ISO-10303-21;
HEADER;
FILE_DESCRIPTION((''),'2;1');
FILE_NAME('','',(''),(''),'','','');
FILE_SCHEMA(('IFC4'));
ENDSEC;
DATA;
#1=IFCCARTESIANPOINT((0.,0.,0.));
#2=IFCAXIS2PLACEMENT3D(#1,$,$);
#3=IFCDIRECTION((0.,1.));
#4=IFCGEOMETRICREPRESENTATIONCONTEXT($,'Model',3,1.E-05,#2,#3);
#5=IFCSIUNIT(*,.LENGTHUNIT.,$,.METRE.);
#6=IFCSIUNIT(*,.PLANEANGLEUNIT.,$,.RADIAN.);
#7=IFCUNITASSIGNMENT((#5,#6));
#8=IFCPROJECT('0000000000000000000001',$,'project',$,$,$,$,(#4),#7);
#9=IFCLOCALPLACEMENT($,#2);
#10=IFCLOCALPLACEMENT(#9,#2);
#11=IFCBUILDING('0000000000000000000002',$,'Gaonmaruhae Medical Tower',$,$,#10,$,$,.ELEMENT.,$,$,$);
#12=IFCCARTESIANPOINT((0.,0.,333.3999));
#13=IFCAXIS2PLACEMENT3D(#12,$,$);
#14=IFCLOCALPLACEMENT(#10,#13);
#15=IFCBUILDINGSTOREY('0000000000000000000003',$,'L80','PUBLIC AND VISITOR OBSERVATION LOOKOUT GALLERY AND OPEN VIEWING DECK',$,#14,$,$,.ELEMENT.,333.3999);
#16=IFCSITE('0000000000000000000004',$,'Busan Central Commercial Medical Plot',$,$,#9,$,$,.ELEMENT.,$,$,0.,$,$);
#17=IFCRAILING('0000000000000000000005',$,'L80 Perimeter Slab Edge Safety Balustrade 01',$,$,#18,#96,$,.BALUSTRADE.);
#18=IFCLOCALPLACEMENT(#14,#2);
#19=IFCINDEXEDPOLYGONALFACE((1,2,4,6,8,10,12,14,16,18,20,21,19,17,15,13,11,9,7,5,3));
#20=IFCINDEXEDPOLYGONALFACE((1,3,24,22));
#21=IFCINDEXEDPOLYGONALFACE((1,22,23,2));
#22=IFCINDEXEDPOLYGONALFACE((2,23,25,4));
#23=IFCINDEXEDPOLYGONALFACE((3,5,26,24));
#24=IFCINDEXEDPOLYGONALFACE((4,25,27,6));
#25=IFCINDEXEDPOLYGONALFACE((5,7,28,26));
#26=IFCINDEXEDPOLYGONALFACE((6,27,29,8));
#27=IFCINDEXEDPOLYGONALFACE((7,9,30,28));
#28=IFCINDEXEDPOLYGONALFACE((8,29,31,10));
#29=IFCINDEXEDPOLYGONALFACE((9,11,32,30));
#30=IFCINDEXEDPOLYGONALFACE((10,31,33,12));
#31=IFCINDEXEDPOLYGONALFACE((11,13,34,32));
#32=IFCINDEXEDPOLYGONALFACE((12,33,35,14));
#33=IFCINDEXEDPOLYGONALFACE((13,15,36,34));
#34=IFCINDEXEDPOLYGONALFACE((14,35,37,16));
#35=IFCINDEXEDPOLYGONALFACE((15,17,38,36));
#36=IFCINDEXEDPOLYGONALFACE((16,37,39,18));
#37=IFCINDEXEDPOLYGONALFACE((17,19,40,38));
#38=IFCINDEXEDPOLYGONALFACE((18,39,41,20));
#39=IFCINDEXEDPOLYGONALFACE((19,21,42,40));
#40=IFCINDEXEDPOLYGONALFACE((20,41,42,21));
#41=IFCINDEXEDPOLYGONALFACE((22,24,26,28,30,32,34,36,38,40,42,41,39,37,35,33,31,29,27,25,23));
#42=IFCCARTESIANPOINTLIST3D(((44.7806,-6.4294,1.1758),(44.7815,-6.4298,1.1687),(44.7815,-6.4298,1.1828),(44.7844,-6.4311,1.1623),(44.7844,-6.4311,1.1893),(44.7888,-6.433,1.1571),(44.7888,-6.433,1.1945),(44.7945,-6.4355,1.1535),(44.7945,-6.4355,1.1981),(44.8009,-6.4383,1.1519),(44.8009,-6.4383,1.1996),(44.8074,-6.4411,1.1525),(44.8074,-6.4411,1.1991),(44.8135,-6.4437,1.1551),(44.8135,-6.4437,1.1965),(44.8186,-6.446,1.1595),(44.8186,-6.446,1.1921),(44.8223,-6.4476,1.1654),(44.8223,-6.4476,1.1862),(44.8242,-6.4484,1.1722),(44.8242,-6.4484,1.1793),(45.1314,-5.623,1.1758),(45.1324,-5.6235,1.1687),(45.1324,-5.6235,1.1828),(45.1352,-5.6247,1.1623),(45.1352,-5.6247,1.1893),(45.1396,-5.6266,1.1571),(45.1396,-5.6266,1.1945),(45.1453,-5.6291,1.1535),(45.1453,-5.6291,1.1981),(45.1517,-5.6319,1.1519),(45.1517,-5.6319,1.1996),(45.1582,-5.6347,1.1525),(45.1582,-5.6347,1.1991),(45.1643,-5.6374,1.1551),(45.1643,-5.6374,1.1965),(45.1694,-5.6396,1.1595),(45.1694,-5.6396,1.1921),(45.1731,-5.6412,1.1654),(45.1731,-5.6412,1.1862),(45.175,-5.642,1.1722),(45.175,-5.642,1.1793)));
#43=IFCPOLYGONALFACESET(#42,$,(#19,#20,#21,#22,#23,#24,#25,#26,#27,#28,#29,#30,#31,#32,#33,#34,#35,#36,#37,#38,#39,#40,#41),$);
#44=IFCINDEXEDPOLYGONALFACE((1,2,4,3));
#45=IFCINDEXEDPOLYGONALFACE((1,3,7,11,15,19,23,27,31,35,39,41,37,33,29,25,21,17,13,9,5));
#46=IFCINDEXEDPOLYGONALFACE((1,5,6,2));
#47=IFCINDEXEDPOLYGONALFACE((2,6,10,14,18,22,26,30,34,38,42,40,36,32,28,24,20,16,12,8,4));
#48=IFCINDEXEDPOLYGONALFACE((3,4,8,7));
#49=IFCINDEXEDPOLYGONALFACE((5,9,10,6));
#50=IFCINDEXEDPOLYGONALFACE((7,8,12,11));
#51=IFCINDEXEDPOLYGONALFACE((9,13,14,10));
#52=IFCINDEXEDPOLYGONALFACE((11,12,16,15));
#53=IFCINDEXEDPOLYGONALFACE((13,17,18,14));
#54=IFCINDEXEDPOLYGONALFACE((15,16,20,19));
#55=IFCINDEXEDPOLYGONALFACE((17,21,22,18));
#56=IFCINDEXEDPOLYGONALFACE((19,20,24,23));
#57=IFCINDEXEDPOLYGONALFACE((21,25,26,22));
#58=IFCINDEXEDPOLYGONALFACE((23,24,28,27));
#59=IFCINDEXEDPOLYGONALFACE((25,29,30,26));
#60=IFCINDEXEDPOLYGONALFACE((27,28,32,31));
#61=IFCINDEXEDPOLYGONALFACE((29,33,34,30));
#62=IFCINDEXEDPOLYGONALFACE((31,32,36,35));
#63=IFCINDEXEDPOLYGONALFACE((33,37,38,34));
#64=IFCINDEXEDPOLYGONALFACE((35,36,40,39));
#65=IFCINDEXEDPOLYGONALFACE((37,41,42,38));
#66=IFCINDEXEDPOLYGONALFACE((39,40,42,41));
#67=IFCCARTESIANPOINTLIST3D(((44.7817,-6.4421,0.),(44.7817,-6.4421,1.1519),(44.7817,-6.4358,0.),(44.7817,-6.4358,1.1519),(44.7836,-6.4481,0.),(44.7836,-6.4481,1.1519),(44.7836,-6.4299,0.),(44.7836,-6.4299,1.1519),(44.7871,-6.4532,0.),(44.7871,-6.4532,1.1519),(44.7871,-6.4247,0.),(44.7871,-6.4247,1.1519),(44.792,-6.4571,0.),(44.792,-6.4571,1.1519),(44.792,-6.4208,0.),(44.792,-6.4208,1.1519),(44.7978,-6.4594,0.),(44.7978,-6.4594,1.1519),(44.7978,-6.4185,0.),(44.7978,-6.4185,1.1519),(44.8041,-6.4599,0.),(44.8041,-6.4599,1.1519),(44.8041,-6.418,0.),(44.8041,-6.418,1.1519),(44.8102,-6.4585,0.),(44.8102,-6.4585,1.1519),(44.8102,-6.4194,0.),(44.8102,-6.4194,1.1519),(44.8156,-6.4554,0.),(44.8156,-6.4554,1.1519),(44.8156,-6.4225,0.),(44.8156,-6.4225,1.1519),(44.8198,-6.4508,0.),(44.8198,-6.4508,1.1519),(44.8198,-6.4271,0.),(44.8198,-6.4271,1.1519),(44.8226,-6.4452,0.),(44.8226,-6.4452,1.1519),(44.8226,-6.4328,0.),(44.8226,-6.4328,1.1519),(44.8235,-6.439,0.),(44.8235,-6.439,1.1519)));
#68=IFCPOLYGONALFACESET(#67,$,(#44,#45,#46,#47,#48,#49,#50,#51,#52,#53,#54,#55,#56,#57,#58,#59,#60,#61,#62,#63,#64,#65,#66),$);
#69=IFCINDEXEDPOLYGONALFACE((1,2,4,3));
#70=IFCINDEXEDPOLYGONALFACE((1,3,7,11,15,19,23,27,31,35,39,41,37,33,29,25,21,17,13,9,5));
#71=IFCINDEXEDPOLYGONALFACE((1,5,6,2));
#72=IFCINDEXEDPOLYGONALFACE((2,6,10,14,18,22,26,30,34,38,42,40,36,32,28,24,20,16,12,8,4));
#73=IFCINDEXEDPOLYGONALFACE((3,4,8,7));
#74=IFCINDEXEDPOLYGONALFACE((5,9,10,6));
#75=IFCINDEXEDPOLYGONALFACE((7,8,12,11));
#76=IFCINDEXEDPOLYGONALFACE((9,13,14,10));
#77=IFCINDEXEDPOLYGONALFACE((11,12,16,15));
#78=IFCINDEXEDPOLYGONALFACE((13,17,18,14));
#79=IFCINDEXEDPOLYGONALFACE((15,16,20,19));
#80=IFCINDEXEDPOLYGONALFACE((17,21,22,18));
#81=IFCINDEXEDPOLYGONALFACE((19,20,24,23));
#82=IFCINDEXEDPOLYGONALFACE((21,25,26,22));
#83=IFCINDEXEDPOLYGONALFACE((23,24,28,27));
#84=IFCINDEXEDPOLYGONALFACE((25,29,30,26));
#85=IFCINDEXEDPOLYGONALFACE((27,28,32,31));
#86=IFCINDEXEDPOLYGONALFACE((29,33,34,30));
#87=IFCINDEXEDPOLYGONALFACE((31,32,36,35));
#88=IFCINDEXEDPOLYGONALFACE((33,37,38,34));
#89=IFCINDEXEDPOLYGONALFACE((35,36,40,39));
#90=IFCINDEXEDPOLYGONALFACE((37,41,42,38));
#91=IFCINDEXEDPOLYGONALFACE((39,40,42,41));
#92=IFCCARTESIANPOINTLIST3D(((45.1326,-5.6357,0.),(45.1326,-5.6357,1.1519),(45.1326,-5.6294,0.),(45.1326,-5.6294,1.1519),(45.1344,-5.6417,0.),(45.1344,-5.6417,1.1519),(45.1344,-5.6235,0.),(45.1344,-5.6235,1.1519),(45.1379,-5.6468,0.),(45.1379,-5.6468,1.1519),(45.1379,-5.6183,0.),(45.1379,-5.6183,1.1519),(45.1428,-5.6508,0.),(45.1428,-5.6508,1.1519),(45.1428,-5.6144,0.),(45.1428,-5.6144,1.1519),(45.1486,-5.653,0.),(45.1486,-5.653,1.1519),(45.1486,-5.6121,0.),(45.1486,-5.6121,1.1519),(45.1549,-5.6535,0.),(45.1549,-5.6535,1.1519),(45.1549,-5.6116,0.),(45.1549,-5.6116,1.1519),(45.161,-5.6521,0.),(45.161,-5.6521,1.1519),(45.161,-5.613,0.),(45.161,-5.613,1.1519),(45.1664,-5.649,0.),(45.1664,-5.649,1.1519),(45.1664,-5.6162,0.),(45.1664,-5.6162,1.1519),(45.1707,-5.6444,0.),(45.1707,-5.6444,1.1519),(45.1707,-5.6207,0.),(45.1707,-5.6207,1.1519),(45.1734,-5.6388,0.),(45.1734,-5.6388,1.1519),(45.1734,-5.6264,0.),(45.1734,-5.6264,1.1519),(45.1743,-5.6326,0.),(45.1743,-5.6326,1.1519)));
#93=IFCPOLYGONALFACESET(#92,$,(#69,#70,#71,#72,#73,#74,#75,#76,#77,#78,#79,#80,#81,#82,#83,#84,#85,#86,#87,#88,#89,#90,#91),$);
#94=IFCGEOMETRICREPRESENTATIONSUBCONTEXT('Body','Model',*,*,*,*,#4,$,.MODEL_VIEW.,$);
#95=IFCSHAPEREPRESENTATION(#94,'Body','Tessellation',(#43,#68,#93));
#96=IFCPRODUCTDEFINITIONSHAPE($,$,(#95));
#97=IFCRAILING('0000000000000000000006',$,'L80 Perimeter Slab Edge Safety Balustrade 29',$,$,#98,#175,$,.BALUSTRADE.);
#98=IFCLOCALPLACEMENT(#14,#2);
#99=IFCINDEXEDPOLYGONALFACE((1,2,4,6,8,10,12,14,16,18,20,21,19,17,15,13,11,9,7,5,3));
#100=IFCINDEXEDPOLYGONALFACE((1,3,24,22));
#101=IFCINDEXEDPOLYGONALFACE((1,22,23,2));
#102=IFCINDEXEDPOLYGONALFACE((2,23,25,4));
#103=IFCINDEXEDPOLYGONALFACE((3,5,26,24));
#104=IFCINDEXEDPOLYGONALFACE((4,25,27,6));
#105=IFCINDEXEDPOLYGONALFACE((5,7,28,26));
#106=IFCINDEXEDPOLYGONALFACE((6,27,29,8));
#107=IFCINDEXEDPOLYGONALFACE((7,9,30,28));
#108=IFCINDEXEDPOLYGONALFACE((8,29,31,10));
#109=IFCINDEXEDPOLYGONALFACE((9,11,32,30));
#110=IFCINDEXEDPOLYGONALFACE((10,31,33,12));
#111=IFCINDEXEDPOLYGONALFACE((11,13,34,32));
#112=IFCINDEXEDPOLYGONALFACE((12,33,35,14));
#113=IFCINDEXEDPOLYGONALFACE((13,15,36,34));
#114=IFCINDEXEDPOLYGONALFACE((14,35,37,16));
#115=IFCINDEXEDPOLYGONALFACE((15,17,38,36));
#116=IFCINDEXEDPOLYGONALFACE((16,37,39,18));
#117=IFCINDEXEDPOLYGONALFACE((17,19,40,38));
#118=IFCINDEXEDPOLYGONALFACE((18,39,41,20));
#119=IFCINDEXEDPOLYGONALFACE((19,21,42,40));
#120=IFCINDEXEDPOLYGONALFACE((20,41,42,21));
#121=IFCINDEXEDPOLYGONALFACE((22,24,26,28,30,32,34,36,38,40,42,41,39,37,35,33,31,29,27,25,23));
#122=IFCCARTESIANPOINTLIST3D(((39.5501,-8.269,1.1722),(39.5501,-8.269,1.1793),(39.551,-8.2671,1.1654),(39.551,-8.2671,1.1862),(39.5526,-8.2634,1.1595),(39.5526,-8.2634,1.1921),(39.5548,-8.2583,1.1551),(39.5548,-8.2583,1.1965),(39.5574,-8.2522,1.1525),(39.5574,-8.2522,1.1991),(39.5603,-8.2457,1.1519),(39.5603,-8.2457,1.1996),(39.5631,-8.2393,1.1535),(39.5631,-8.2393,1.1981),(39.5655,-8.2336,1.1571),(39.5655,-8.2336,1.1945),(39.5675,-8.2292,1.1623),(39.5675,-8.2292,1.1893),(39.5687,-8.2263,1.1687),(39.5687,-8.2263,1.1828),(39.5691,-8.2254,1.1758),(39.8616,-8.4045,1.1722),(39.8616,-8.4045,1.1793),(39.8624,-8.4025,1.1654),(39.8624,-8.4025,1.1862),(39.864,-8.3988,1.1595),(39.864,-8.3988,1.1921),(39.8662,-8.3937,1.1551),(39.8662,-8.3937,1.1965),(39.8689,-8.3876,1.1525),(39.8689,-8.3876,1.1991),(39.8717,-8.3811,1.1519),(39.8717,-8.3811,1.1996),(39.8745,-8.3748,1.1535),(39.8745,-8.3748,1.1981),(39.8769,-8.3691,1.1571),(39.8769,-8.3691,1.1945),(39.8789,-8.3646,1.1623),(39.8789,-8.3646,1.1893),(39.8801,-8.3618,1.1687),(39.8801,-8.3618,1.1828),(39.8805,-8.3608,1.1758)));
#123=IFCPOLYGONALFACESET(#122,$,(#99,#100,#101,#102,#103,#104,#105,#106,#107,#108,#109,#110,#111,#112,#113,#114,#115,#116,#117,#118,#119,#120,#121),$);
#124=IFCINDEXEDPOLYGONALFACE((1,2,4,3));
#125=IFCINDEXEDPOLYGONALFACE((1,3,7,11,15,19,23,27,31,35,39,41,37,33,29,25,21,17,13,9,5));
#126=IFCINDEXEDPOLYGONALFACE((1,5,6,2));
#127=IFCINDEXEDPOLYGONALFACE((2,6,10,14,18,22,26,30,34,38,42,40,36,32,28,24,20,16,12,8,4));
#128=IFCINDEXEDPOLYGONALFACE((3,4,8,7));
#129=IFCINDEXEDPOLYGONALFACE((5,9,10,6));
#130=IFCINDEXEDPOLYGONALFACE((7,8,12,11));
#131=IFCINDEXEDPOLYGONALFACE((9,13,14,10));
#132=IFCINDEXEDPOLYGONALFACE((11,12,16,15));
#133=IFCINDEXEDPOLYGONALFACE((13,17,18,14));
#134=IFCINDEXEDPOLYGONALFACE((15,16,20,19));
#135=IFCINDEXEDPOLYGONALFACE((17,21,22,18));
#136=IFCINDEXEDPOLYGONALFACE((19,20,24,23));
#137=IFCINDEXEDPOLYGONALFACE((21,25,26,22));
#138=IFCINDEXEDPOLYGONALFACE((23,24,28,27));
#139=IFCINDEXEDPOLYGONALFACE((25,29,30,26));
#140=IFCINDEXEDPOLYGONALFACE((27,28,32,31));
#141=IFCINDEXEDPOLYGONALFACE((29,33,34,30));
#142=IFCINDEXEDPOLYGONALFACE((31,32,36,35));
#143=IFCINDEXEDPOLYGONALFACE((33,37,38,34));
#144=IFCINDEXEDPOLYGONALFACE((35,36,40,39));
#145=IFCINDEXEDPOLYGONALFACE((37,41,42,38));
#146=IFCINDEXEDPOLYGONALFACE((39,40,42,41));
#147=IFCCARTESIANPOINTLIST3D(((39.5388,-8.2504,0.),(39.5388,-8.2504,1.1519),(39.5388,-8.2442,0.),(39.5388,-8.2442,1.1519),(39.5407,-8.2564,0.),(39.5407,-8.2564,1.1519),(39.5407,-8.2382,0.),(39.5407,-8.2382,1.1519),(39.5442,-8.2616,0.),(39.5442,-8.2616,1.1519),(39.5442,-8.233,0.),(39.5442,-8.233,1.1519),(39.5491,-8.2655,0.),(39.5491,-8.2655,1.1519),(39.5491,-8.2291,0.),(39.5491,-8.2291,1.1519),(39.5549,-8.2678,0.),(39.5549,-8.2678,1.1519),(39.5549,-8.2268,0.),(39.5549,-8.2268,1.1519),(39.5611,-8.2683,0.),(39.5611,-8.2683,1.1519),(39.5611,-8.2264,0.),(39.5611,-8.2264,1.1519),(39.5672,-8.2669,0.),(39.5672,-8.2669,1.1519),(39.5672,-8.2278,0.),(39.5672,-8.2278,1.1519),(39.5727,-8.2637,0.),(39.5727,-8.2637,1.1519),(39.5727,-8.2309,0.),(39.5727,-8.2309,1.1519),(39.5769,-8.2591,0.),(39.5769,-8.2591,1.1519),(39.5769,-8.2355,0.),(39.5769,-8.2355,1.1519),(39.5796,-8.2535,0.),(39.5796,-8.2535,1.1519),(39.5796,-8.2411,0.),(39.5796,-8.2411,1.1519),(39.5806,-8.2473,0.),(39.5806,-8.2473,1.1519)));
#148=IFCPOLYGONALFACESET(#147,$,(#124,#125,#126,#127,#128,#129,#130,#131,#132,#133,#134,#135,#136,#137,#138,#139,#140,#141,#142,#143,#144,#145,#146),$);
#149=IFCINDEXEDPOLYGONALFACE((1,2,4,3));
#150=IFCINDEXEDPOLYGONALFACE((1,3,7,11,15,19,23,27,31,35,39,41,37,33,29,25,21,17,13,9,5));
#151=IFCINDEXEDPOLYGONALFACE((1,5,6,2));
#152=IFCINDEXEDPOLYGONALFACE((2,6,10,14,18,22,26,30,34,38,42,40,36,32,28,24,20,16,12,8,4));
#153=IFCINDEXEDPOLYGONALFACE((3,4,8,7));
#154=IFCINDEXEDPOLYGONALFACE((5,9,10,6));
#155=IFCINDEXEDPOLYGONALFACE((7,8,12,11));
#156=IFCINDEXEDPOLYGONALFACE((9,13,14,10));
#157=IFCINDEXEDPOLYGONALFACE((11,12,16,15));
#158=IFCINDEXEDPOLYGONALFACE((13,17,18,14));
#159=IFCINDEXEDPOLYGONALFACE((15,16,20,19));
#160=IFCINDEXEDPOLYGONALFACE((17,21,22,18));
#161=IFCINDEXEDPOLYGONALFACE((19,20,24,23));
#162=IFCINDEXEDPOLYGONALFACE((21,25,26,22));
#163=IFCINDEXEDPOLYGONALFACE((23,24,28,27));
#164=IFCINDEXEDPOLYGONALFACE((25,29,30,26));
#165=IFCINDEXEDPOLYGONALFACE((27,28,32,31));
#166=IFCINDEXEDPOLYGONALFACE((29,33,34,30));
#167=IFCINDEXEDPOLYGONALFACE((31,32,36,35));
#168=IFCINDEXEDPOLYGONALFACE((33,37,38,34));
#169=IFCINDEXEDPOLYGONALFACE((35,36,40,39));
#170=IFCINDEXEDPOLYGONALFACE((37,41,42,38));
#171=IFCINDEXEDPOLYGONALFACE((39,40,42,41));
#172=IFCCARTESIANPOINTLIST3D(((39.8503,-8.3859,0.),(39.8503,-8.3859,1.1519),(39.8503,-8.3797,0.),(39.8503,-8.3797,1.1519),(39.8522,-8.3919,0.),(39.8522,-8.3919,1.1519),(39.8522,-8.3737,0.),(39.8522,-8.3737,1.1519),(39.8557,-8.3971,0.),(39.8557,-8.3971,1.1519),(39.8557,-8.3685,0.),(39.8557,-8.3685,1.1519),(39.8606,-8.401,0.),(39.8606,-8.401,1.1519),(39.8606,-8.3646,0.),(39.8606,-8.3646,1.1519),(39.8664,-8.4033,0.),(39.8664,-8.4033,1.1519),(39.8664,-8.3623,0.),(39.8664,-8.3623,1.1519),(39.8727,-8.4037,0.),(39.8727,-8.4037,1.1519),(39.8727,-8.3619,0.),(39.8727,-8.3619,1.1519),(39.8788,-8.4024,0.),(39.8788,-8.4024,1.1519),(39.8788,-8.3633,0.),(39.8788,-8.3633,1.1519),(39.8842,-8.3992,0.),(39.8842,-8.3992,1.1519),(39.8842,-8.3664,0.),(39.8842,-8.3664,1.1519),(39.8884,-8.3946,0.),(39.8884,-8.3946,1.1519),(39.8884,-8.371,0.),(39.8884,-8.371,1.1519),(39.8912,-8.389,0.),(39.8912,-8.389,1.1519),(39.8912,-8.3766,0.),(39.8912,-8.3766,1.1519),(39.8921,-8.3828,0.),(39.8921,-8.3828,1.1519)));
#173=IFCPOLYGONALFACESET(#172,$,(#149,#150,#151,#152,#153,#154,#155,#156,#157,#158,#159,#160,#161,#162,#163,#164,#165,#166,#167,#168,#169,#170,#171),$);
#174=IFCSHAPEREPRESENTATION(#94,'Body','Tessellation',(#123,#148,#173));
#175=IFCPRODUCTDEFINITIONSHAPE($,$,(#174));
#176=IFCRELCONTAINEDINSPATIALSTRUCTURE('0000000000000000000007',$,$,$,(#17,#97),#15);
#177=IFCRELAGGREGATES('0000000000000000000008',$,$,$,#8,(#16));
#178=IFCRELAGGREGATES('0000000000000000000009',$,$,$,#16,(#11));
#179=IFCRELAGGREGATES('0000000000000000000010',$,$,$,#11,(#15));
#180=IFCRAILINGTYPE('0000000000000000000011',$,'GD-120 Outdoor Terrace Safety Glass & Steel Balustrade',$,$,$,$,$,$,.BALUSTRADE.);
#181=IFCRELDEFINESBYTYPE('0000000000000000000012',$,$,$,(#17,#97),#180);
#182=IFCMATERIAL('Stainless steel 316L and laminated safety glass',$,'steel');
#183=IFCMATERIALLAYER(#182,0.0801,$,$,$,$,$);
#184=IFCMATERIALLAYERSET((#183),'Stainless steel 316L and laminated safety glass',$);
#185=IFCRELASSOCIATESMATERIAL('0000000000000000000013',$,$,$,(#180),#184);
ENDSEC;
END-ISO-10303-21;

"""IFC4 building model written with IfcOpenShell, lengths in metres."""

from ifc_helpers import new_model, si_unit, direction, frame, origin, origin_2d, place, context, subcontext, project, spatial, circle, extrude, material, layer, layer_set, type_object, element, save


model = new_model("IFC4")

# Units and contexts
model_context = context("Model", 3, precision=1e-05, world=origin(), true_north=direction((0.0, 1.0)))
body_context = subcontext(model_context, "Body", "Model", "MODEL_VIEW")
ifc_project = project(units=[si_unit("LENGTHUNIT", "METRE"), si_unit("PLANEANGLEUNIT", "RADIAN")], contexts=[model_context])

# Site, building, storey
site_placement = place(None, origin())
site = spatial("IfcSite", under=ifc_project, at=site_placement, Name="Busan Central Commercial Medical Plot", CompositionType="ELEMENT", RefElevation=0.0)
building_placement = place(site_placement, origin())
building = spatial("IfcBuilding", under=site, at=building_placement, Name="Gaonmaruhae Medical Tower", CompositionType="ELEMENT")
storey_placement = place(building_placement, frame((0.0, 0.0, 333.3999)))
storey = spatial("IfcBuildingStorey", under=building, at=storey_placement, Name="L80", Description="PUBLIC AND VISITOR OBSERVATION LOOKOUT GALLERY AND OPEN VIEWING DECK", CompositionType="ELEMENT", Elevation=333.3999)

# Railings
ifc_material_1 = material(Name="Stainless steel 316L and laminated safety glass", Category="steel")
ifc_layer_1 = layer(ifc_material_1, 0.0801)
ifc_layer_set_1 = layer_set([ifc_layer_1], Name="Stainless steel 316L and laminated safety glass")
railing_type = type_object("IfcRailingType", Name="GD-120 Outdoor Terrace Safety Glass & Steel Balustrade", PredefinedType="BALUSTRADE", material=ifc_layer_set_1)
railing_1_placement = place(storey_placement, frame((44.8025, -6.439, 0.0)))
element("IfcRailing", 1, at=railing_1_placement, inside=storey, type_object=railing_type, Name="L80 Perimeter Slab Edge Safety Balustrade 01", PredefinedType="BALUSTRADE", context=body_context, shape_type="SweptSolid", body=[
    extrude(circle(Radius=0.0239, at=origin_2d()), frame((0.0, 0.0, 1.1758), z_axis=(0.398939, 0.916977, 0.0), x_axis=(-0.916977, 0.398939, 0.0)), (0.0, 0.0, 1.0), 0.8794),
    extrude(circle(Radius=0.021, at=origin_2d()), origin(), (0.0, 0.0, 1.0), 1.1519),
    extrude(circle(Radius=0.021, at=origin_2d()), frame((0.3508, 0.8064, 0.0)), (0.0, 0.0, 1.0), 1.1519),
])
railing_2_placement = place(storey_placement, frame((39.5596, -8.2473, 0.0)))
element("IfcRailing", 2, at=railing_2_placement, inside=storey, type_object=railing_type, Name="L80 Perimeter Slab Edge Safety Balustrade 29", PredefinedType="BALUSTRADE", context=body_context, shape_type="SweptSolid", body=[
    extrude(circle(Radius=0.0239, at=origin_2d()), frame((0.0, 0.0, 1.1758), z_axis=(0.917013, -0.398858, 0.0), x_axis=(0.398858, 0.917013, 0.0)), (0.0, 0.0, 1.0), 0.3396),
    extrude(circle(Radius=0.021, at=origin_2d()), origin(), (0.0, 0.0, 1.0), 1.1519),
    extrude(circle(Radius=0.021, at=origin_2d()), frame((0.3115, -0.1355, 0.0)), (0.0, 0.0, 1.0), 1.1519),
])

save(model, "model.ifc")
